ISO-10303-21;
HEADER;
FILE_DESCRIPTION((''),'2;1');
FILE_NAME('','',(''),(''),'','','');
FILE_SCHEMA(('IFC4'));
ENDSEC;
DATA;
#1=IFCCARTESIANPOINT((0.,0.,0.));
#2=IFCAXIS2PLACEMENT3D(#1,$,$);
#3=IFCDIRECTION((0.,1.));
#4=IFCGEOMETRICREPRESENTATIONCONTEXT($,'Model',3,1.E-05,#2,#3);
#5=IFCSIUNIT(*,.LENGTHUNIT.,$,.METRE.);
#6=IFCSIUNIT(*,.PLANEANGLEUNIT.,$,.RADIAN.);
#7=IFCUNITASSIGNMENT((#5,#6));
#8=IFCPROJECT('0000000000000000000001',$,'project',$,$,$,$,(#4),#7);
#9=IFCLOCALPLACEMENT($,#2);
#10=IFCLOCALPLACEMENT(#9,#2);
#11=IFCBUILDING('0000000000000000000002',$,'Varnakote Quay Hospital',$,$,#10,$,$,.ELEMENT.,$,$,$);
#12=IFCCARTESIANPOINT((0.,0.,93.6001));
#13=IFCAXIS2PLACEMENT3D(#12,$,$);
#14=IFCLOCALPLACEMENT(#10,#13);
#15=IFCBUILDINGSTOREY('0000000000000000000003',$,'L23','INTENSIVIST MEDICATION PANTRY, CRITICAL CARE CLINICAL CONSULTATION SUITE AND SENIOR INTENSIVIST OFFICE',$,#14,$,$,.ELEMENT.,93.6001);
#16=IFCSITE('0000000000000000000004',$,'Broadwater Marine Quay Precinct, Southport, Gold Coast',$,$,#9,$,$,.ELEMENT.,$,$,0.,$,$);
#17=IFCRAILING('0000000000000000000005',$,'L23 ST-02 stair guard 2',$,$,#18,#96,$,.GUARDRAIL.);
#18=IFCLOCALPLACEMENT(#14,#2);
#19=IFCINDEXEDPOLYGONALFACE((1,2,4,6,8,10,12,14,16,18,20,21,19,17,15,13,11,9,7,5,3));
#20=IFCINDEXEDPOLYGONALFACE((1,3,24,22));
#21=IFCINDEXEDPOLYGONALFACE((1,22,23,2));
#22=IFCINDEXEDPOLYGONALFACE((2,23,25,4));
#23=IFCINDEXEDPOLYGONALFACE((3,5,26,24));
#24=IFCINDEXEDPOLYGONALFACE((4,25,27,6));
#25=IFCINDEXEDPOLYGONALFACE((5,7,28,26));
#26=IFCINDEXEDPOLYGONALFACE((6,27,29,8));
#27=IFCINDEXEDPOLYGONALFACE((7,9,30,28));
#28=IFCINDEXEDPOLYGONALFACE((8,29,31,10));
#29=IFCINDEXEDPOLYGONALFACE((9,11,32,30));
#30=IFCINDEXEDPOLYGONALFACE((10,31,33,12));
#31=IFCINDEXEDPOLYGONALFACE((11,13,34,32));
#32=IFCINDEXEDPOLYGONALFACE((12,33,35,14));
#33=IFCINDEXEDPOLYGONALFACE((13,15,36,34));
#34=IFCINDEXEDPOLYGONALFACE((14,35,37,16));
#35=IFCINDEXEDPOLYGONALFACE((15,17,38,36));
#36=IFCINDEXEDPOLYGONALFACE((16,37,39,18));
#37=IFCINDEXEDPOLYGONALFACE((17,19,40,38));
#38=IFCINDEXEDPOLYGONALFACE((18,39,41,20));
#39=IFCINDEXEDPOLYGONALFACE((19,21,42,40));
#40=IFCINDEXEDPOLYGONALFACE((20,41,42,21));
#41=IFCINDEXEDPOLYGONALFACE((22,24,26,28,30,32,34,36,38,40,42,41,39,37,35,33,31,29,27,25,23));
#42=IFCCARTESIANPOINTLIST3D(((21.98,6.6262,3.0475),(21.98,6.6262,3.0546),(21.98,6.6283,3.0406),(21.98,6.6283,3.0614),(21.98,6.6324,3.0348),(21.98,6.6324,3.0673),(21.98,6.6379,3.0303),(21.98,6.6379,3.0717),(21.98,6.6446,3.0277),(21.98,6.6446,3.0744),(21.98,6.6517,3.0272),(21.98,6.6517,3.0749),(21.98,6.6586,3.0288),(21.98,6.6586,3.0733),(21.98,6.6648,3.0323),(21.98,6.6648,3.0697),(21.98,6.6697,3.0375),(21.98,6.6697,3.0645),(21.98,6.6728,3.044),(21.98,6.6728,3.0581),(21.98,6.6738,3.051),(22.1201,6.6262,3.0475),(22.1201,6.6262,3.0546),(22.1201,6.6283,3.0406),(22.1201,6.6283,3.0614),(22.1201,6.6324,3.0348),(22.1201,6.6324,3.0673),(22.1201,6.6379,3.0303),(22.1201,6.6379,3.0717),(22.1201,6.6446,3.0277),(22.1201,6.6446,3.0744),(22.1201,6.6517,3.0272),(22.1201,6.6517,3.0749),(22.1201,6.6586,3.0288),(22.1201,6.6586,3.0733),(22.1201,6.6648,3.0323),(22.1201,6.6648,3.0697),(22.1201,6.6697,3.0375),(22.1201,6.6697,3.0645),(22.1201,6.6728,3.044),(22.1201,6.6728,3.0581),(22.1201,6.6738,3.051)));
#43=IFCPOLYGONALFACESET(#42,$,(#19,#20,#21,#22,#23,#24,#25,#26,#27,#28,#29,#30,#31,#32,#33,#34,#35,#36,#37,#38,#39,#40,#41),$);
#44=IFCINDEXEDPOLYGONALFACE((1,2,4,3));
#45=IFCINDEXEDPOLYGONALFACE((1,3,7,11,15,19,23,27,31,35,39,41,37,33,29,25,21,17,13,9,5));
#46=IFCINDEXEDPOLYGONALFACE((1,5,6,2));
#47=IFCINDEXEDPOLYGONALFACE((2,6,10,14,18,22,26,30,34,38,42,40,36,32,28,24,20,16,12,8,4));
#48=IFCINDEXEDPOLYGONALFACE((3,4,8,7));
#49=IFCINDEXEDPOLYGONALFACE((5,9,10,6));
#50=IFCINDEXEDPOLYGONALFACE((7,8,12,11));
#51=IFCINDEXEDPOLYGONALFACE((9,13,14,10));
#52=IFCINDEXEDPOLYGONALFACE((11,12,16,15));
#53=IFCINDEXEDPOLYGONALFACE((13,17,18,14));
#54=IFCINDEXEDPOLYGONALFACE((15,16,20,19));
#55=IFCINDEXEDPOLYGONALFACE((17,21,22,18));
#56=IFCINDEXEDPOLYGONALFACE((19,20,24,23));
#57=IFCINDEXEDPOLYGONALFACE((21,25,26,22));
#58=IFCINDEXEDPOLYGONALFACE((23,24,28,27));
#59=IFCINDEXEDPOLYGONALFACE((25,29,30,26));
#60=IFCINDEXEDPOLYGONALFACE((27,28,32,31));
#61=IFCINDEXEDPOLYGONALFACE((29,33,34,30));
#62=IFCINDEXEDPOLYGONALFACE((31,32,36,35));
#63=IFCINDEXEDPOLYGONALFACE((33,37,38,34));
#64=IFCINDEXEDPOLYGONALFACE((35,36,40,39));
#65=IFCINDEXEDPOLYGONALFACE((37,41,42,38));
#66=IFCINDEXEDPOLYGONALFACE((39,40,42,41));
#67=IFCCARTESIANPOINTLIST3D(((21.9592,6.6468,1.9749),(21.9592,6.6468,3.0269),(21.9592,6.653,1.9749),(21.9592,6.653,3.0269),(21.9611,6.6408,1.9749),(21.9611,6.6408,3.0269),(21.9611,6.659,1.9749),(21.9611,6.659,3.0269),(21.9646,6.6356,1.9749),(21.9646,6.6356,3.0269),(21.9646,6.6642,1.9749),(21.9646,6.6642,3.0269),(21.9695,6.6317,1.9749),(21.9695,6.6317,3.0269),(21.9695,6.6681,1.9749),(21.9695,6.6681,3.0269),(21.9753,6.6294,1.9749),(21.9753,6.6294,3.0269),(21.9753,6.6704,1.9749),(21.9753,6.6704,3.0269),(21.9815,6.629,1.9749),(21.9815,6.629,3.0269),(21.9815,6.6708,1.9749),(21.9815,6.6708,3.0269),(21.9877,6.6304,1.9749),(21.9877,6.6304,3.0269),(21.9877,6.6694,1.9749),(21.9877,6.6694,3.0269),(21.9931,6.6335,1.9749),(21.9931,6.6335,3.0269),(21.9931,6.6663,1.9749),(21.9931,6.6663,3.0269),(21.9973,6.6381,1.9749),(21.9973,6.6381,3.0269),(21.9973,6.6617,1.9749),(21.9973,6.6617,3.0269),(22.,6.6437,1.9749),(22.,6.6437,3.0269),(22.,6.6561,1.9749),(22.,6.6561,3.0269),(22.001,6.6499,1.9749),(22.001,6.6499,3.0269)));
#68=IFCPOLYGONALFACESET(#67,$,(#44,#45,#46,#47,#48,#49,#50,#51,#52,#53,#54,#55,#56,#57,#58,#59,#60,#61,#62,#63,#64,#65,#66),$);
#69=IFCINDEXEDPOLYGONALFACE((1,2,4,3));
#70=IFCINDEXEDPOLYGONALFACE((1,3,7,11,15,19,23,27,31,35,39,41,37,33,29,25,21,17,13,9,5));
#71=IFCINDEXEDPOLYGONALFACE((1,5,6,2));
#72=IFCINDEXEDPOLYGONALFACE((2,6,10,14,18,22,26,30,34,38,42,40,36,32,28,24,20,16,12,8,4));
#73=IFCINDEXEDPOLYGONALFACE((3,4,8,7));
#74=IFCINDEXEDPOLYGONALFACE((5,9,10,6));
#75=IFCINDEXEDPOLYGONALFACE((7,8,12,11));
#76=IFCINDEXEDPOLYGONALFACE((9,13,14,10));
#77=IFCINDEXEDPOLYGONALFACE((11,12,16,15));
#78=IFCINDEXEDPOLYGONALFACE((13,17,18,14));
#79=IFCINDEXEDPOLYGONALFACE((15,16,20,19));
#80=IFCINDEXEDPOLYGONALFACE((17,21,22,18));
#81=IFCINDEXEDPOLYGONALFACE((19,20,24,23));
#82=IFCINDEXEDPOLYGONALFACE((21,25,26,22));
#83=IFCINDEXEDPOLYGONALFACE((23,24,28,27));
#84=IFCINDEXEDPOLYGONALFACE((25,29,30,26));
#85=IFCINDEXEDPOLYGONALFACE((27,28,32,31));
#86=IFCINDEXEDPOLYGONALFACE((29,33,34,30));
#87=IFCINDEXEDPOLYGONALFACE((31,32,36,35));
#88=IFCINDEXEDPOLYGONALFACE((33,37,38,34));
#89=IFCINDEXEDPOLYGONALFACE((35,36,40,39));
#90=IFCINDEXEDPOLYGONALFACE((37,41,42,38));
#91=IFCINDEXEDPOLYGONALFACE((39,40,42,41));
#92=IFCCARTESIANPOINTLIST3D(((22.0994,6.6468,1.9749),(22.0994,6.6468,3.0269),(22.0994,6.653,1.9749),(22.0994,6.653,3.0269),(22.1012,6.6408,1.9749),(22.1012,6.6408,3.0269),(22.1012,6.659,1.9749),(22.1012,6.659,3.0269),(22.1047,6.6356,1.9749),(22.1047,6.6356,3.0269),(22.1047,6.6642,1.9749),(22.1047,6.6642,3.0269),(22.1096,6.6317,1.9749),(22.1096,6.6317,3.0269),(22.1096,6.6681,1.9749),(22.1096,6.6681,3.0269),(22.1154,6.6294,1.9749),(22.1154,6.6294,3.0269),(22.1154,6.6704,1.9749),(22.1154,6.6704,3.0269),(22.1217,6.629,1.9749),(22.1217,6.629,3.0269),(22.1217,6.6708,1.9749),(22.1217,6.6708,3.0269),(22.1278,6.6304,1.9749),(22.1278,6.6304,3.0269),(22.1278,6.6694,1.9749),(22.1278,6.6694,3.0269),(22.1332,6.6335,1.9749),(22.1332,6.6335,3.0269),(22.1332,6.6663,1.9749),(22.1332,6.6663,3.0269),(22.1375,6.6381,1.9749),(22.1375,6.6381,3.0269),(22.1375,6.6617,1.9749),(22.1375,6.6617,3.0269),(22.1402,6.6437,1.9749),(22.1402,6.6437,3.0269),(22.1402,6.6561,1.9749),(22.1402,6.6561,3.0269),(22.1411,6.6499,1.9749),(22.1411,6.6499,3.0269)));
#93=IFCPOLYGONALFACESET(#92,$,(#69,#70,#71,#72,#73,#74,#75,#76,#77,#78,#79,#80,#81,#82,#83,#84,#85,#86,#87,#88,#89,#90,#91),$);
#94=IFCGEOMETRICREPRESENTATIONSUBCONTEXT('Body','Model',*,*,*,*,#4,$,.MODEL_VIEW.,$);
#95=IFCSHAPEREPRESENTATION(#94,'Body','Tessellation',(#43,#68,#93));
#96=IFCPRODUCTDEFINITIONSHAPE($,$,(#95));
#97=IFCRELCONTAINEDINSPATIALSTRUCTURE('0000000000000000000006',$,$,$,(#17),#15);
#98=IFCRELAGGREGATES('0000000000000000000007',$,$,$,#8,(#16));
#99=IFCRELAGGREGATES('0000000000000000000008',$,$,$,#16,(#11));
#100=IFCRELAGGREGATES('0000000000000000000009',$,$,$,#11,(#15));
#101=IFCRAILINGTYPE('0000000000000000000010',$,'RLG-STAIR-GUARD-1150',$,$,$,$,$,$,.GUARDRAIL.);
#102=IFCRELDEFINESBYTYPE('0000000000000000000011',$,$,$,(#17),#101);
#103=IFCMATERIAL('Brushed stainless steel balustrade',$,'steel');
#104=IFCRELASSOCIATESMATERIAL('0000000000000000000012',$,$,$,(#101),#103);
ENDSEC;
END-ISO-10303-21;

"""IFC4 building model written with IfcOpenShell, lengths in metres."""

from ifc_helpers import new_model, si_unit, direction, frame, origin, origin_2d, place, context, subcontext, project, spatial, circle, extrude, material, type_object, element, save


model = new_model("IFC4")

# Units and contexts
model_context = context("Model", 3, precision=1e-05, world=origin(), true_north=direction((0.0, 1.0)))
body_context = subcontext(model_context, "Body", "Model", "MODEL_VIEW")
ifc_project = project(units=[si_unit("LENGTHUNIT", "METRE"), si_unit("PLANEANGLEUNIT", "RADIAN")], contexts=[model_context])

# Site, building, storey
site_placement = place(None, origin())
site = spatial("IfcSite", under=ifc_project, at=site_placement, Name="Broadwater Marine Quay Precinct, Southport, Gold Coast", CompositionType="ELEMENT", RefElevation=0.0)
building_placement = place(site_placement, origin())
building = spatial("IfcBuilding", under=site, at=building_placement, Name="Varnakote Quay Hospital", CompositionType="ELEMENT")
storey_placement = place(building_placement, frame((0.0, 0.0, 93.6001)))
storey = spatial("IfcBuildingStorey", under=building, at=storey_placement, Name="L23", Description="INTENSIVIST MEDICATION PANTRY, CRITICAL CARE CLINICAL CONSULTATION SUITE AND SENIOR INTENSIVIST OFFICE", CompositionType="ELEMENT", Elevation=93.6001)

# Railing
ifc_material_1 = material(Name="Brushed stainless steel balustrade", Category="steel")
railing_type_1 = type_object("IfcRailingType", Name="RLG-STAIR-GUARD-1150", PredefinedType="GUARDRAIL", material=ifc_material_1)
railing_1_placement = place(storey_placement, frame((21.98, 6.6499, 1.9749)))
element("IfcRailing", 1, at=railing_1_placement, inside=storey, type_object=railing_type_1, Name="L23 ST-02 stair guard 2", PredefinedType="GUARDRAIL", context=body_context, shape_type="SweptSolid", body=[
    extrude(circle(Radius=0.0239, at=origin_2d()), frame((0.0, 0.0, 1.0762), z_axis=(1.0, 0.0, 0.0), x_axis=(0.0, 1.0, 0.0)), (0.0, 0.0, 1.0), 0.1401),
    extrude(circle(Radius=0.021, at=origin_2d()), origin(), (0.0, 0.0, 1.0), 1.052),
    extrude(circle(Radius=0.021, at=origin_2d()), frame((0.1401, 0.0, 0.0)), (0.0, 0.0, 1.0), 1.052),
])

save(model, "model.ifc")
